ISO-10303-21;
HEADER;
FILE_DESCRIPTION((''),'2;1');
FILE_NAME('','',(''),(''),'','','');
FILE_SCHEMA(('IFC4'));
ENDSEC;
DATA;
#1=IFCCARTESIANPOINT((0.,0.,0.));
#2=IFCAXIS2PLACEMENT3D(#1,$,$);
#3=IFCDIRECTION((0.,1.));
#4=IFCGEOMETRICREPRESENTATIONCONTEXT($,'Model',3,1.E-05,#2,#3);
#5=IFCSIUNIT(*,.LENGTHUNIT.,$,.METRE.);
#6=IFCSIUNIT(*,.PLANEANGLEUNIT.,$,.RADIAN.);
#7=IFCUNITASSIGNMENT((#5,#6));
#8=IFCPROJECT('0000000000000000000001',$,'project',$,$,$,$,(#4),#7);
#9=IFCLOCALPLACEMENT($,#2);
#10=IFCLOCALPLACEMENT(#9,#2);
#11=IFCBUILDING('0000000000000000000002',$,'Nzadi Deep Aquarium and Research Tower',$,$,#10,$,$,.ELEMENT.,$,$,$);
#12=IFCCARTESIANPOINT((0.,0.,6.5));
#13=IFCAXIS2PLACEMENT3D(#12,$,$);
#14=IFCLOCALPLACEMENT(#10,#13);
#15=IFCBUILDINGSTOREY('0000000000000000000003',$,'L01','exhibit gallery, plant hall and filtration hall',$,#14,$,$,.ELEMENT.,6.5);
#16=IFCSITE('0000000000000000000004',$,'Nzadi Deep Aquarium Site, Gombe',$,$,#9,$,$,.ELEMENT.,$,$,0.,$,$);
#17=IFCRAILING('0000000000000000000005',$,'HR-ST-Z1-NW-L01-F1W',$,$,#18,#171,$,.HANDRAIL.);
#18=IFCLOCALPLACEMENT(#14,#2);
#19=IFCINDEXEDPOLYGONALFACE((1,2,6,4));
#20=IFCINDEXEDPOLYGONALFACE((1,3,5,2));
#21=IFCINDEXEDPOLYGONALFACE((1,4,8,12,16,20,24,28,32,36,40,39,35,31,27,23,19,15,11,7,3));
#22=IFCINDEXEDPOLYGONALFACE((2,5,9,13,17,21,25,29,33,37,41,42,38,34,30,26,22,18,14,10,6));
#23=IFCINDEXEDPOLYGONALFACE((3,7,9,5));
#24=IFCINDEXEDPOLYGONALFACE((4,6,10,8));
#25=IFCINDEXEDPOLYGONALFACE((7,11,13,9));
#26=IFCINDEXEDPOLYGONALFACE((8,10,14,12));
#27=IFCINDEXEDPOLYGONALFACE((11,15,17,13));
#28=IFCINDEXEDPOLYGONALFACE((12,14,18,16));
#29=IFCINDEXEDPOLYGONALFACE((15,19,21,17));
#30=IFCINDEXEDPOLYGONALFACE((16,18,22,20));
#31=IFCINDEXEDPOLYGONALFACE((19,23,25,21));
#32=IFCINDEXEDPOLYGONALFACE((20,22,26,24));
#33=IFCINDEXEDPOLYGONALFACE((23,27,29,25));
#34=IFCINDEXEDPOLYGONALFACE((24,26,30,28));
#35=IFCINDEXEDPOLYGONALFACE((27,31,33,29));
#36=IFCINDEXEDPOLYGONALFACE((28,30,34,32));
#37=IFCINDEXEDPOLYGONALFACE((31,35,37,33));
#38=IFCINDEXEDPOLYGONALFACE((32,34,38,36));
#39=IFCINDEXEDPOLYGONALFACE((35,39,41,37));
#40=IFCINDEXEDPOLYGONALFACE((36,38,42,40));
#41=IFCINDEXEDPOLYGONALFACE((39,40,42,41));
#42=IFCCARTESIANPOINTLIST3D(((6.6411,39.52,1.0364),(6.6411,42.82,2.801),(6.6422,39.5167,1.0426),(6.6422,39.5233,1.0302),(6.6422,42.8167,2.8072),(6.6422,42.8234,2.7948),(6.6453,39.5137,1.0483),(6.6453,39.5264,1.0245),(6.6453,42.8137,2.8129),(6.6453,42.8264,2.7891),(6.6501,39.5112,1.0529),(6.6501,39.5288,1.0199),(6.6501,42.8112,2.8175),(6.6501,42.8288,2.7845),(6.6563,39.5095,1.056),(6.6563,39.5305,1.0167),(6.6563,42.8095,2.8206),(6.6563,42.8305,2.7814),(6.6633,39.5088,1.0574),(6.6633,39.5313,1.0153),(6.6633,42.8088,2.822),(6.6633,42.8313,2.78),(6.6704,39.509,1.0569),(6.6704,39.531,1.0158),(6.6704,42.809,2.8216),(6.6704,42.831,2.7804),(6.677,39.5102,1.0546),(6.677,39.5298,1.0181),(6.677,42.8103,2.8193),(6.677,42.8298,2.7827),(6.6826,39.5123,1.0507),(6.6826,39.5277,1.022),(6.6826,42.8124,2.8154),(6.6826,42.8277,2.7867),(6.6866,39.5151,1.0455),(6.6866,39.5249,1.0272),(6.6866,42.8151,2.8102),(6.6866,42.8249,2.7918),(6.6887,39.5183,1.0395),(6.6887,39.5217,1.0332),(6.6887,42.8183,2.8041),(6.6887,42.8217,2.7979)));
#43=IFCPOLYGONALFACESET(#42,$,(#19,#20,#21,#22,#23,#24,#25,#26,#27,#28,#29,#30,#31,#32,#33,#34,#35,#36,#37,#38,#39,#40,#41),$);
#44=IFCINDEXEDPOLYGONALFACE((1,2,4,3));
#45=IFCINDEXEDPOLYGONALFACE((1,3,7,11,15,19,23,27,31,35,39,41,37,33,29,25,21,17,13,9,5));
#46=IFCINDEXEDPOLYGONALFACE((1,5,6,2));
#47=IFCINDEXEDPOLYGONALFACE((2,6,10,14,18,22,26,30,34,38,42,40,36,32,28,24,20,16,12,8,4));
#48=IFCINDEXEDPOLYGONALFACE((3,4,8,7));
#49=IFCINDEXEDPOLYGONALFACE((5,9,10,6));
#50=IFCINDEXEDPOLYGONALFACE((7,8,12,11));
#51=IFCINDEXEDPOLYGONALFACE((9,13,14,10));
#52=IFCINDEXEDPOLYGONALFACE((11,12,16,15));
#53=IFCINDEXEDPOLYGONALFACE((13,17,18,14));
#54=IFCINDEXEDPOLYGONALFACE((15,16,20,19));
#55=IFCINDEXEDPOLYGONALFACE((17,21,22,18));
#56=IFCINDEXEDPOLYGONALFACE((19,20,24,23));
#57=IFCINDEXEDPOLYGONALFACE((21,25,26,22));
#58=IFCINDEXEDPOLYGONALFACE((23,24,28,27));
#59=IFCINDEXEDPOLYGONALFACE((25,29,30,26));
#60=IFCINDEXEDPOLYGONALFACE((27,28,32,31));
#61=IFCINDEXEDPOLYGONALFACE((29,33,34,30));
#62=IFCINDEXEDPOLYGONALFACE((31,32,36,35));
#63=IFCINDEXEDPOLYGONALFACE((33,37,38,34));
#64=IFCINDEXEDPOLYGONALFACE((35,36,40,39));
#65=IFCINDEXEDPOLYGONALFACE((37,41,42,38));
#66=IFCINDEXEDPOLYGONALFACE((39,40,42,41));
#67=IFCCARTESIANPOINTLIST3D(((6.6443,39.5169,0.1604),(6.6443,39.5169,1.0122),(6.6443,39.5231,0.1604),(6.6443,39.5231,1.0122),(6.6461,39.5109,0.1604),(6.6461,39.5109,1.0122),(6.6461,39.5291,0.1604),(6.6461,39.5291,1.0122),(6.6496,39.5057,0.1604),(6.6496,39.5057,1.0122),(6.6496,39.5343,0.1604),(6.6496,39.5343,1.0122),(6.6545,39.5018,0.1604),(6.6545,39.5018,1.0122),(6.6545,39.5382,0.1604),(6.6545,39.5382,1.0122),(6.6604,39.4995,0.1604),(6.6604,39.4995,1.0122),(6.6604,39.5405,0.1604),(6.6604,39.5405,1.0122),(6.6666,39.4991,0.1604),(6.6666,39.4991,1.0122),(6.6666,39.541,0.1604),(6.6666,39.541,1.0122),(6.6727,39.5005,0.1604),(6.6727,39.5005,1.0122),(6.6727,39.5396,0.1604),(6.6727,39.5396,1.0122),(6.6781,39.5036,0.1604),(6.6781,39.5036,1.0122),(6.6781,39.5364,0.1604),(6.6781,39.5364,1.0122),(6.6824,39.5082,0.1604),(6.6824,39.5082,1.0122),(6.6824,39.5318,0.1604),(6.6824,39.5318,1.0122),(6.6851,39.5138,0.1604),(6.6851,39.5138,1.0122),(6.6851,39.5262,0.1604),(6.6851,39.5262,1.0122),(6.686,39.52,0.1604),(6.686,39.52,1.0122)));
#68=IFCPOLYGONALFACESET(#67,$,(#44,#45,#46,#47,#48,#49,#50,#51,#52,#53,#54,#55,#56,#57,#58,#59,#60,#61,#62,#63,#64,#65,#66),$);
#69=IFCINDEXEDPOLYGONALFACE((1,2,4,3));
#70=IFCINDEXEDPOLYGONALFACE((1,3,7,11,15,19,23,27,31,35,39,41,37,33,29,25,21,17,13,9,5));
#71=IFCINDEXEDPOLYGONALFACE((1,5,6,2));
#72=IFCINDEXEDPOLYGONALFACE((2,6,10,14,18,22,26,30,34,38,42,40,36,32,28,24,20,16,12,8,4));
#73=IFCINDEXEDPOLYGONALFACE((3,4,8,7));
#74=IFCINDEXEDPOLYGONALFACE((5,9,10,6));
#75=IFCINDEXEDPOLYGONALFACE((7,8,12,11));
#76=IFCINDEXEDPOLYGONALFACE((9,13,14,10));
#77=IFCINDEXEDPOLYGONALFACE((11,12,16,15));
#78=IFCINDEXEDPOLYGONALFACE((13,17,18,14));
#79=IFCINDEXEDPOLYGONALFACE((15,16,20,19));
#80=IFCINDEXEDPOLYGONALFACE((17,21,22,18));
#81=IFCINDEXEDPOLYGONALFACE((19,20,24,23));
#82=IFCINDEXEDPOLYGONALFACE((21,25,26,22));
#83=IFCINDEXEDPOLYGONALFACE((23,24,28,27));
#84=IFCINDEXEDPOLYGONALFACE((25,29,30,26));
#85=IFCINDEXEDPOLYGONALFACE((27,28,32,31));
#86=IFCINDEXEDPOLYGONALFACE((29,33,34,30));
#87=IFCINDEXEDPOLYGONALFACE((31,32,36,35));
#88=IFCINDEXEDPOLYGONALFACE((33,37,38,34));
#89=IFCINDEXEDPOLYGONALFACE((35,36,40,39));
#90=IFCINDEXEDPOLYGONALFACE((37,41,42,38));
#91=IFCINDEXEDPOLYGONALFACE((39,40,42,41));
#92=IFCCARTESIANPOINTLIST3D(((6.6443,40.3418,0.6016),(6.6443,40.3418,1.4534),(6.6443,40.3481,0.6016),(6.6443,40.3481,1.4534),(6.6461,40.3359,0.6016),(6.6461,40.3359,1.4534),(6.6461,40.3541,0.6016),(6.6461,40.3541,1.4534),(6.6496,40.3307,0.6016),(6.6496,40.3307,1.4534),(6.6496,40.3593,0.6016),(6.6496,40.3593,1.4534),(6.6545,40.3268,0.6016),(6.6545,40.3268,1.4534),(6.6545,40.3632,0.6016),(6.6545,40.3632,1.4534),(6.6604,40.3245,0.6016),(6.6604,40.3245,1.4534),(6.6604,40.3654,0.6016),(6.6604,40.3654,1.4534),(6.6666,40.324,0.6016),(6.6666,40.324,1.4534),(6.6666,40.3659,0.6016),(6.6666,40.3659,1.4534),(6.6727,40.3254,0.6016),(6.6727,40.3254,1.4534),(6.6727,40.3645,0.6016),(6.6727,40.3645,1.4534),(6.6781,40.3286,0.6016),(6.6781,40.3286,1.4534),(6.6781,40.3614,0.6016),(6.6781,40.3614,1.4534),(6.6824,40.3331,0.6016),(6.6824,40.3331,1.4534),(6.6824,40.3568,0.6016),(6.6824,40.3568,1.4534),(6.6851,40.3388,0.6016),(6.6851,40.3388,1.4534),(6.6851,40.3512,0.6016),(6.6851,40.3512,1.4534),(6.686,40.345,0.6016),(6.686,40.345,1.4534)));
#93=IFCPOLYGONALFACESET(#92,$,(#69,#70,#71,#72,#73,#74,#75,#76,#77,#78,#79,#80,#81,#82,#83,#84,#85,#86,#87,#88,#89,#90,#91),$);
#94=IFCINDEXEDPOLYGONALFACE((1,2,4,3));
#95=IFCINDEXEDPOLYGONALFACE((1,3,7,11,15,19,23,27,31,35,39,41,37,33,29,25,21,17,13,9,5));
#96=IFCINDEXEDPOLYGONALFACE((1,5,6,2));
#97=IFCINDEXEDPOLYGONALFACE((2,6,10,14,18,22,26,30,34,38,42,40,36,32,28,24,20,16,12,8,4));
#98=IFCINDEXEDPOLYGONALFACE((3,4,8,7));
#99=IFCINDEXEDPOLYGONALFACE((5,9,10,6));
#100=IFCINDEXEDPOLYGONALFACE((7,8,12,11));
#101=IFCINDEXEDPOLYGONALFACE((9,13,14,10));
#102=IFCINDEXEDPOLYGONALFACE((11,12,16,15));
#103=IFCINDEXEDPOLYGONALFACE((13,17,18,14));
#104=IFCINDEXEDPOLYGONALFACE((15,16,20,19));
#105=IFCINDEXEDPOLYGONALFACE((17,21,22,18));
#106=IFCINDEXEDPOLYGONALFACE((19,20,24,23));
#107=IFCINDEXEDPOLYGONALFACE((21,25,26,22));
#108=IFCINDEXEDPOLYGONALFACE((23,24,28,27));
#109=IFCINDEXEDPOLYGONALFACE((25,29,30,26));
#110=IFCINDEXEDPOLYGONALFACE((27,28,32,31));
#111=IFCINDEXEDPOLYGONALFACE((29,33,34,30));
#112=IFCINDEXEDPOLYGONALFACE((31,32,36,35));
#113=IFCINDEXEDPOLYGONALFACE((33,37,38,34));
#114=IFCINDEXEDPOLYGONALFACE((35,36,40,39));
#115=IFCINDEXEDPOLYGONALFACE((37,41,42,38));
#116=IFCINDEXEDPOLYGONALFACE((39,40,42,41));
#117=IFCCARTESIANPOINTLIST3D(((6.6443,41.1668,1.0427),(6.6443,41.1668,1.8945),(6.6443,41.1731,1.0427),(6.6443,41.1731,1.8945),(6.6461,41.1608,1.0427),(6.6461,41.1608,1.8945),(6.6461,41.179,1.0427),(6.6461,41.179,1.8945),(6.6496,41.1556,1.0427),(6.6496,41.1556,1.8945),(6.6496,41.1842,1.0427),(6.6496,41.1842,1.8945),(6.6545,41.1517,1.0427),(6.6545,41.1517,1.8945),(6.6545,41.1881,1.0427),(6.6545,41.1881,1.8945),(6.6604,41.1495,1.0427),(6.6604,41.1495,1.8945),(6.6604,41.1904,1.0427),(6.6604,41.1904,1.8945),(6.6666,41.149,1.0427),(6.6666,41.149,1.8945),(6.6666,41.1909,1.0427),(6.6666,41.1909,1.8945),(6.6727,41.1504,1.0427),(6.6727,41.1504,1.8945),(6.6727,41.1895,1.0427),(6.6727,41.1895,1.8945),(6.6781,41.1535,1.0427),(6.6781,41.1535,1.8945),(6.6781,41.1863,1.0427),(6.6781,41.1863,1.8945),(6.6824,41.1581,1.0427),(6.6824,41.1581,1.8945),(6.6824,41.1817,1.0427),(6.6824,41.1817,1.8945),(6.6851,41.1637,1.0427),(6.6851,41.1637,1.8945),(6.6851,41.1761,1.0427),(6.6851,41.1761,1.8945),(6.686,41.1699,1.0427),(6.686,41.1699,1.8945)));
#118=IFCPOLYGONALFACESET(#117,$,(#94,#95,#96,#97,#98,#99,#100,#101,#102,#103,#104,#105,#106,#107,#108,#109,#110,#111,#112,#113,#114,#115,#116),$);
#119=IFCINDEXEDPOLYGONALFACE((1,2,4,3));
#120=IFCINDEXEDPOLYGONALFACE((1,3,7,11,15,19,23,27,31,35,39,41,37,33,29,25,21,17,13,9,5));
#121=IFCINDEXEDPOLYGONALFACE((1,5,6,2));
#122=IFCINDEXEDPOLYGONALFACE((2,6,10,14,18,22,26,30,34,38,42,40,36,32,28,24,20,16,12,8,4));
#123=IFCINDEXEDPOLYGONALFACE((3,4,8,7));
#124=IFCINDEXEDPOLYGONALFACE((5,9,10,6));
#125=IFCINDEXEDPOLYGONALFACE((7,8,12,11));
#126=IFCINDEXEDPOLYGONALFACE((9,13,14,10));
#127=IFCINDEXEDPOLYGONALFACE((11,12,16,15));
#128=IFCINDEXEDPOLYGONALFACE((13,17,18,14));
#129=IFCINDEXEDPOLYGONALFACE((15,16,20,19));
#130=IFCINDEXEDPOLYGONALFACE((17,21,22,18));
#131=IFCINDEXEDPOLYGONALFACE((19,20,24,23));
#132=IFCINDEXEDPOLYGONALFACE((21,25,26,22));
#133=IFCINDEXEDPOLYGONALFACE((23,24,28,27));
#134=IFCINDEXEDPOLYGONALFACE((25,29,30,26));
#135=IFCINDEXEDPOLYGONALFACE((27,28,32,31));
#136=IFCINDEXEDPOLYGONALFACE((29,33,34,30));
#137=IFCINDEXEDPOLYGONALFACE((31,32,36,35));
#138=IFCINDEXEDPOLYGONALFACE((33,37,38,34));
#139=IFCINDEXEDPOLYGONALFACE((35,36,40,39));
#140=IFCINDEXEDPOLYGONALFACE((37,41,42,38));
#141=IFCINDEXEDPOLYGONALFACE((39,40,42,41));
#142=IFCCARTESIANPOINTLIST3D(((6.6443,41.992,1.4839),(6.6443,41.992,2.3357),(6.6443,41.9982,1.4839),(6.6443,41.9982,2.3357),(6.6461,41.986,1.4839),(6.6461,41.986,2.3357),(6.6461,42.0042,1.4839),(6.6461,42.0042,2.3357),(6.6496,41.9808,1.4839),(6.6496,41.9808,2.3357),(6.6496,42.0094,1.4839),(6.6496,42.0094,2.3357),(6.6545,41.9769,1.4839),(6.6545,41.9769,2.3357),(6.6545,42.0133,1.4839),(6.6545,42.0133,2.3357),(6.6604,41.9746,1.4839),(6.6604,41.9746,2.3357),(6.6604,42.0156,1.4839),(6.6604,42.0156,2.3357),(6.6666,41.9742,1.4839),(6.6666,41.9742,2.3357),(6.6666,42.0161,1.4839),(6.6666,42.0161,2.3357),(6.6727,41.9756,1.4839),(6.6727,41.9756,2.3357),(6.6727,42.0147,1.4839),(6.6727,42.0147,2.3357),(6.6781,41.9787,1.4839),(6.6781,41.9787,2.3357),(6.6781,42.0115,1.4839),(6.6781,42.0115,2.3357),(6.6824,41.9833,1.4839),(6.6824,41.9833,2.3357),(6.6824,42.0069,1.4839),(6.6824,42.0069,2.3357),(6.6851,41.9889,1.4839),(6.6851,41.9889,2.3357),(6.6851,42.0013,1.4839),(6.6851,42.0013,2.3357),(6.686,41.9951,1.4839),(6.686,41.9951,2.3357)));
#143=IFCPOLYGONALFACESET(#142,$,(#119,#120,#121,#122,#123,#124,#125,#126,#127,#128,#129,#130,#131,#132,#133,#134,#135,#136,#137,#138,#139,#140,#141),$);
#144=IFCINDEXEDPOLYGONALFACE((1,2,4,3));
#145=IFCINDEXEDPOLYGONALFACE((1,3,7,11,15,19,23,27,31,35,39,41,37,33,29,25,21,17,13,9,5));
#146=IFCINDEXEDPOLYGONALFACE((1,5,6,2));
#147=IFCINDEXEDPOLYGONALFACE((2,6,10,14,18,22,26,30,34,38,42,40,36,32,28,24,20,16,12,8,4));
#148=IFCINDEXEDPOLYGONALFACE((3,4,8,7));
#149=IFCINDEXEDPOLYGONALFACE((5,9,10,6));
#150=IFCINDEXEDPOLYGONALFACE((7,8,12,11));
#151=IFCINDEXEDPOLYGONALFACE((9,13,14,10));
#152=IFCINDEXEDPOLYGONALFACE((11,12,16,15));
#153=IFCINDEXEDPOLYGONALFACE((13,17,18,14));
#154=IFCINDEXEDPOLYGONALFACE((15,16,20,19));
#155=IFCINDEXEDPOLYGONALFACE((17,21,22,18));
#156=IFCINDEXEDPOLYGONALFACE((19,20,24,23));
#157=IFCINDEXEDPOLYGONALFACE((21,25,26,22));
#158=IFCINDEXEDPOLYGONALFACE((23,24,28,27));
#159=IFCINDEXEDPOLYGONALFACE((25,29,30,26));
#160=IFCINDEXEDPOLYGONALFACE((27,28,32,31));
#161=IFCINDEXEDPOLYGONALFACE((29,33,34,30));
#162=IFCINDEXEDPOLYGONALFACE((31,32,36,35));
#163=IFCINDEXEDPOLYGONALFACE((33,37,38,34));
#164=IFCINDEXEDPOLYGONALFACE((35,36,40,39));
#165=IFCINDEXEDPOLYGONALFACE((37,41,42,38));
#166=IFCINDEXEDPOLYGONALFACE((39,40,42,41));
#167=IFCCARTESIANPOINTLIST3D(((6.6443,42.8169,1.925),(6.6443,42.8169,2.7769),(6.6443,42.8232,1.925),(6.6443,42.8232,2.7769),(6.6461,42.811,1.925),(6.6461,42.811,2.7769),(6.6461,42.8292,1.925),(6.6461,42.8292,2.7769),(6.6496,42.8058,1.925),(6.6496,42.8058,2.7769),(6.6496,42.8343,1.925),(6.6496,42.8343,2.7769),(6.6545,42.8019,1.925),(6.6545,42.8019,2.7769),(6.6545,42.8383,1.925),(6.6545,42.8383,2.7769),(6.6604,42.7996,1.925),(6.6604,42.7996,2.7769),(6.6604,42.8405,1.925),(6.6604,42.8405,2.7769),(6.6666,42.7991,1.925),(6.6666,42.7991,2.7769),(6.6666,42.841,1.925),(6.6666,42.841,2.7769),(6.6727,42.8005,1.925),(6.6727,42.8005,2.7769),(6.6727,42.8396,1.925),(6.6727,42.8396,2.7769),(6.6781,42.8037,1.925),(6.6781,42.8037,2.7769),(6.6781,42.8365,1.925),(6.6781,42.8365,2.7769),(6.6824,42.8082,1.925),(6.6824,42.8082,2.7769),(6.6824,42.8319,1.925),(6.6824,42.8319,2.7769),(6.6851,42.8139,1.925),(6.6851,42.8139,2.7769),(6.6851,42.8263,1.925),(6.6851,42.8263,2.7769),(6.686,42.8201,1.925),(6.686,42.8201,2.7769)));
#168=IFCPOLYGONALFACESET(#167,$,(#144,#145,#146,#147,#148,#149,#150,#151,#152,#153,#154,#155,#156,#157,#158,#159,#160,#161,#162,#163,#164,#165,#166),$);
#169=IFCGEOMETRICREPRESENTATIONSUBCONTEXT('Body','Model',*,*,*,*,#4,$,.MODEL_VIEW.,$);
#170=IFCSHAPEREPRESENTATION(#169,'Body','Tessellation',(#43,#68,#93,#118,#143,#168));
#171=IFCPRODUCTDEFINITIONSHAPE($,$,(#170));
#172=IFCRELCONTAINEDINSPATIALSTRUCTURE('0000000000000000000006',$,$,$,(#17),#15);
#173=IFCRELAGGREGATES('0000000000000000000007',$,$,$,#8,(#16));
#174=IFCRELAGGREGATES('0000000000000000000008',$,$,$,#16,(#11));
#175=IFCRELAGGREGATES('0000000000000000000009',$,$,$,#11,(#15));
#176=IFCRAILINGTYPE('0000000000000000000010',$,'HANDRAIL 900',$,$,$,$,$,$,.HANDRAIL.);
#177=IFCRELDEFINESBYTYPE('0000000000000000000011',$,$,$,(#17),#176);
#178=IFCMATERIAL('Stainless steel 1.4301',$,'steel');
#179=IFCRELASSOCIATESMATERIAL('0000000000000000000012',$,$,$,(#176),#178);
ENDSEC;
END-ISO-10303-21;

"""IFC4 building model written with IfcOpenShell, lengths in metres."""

from ifc_helpers import new_model, si_unit, direction, frame, origin, origin_2d, place, context, subcontext, project, spatial, circle, extrude, material, type_object, element, save


model = new_model("IFC4")

# Units and contexts
model_context = context("Model", 3, precision=1e-05, world=origin(), true_north=direction((0.0, 1.0)))
body_context = subcontext(model_context, "Body", "Model", "MODEL_VIEW")
ifc_project = project(units=[si_unit("LENGTHUNIT", "METRE"), si_unit("PLANEANGLEUNIT", "RADIAN")], contexts=[model_context])

# Site, building, storey
site_placement = place(None, origin())
site = spatial("IfcSite", under=ifc_project, at=site_placement, Name="Nzadi Deep Aquarium Site, Gombe", CompositionType="ELEMENT", RefElevation=0.0)
building_placement = place(site_placement, origin())
building = spatial("IfcBuilding", under=site, at=building_placement, Name="Nzadi Deep Aquarium and Research Tower", CompositionType="ELEMENT")
storey_placement = place(building_placement, frame((0.0, 0.0, 6.5)))
storey = spatial("IfcBuildingStorey", under=building, at=storey_placement, Name="L01", Description="exhibit gallery, plant hall and filtration hall", CompositionType="ELEMENT", Elevation=6.5)

# Railing
ifc_material_1 = material(Name="Stainless steel 1.4301", Category="steel")
railing_type = type_object("IfcRailingType", Name="HANDRAIL 900", PredefinedType="HANDRAIL", material=ifc_material_1)
for number, where, name in (
    (1, (6.665, 39.52, 0.1604), "HR-ST-Z1-NW-L01-F1W"),
):
    element("IfcRailing", number, at=place(storey_placement, frame(where)), inside=storey, type_object=railing_type, Name=name, PredefinedType="HANDRAIL", context=body_context, shape_type="SweptSolid", body=[
        extrude(circle(Radius=0.0239, at=origin_2d()), frame((0.0, 0.0, 0.876), z_axis=(0.0, 0.88184, 0.47155), x_axis=(-1.0, 0.0, 0.0)), (0.0, 0.0, 1.0), 3.7422),
        extrude(circle(Radius=0.021, at=origin_2d()), origin(), (0.0, 0.0, 1.0), 0.8518),
        extrude(circle(Radius=0.021, at=origin_2d()), frame((0.0, 0.825, 0.4412)), (0.0, 0.0, 1.0), 0.8518),
        extrude(circle(Radius=0.021, at=origin_2d()), frame((0.0, 1.6499, 0.8823)), (0.0, 0.0, 1.0), 0.8518),
        extrude(circle(Radius=0.021, at=origin_2d()), frame((0.0, 2.4751, 1.3235)), (0.0, 0.0, 1.0), 0.8518),
        extrude(circle(Radius=0.021, at=origin_2d()), frame((0.0, 3.3, 1.7646)), (0.0, 0.0, 1.0), 0.8518),
    ])

save(model, "model.ifc")
